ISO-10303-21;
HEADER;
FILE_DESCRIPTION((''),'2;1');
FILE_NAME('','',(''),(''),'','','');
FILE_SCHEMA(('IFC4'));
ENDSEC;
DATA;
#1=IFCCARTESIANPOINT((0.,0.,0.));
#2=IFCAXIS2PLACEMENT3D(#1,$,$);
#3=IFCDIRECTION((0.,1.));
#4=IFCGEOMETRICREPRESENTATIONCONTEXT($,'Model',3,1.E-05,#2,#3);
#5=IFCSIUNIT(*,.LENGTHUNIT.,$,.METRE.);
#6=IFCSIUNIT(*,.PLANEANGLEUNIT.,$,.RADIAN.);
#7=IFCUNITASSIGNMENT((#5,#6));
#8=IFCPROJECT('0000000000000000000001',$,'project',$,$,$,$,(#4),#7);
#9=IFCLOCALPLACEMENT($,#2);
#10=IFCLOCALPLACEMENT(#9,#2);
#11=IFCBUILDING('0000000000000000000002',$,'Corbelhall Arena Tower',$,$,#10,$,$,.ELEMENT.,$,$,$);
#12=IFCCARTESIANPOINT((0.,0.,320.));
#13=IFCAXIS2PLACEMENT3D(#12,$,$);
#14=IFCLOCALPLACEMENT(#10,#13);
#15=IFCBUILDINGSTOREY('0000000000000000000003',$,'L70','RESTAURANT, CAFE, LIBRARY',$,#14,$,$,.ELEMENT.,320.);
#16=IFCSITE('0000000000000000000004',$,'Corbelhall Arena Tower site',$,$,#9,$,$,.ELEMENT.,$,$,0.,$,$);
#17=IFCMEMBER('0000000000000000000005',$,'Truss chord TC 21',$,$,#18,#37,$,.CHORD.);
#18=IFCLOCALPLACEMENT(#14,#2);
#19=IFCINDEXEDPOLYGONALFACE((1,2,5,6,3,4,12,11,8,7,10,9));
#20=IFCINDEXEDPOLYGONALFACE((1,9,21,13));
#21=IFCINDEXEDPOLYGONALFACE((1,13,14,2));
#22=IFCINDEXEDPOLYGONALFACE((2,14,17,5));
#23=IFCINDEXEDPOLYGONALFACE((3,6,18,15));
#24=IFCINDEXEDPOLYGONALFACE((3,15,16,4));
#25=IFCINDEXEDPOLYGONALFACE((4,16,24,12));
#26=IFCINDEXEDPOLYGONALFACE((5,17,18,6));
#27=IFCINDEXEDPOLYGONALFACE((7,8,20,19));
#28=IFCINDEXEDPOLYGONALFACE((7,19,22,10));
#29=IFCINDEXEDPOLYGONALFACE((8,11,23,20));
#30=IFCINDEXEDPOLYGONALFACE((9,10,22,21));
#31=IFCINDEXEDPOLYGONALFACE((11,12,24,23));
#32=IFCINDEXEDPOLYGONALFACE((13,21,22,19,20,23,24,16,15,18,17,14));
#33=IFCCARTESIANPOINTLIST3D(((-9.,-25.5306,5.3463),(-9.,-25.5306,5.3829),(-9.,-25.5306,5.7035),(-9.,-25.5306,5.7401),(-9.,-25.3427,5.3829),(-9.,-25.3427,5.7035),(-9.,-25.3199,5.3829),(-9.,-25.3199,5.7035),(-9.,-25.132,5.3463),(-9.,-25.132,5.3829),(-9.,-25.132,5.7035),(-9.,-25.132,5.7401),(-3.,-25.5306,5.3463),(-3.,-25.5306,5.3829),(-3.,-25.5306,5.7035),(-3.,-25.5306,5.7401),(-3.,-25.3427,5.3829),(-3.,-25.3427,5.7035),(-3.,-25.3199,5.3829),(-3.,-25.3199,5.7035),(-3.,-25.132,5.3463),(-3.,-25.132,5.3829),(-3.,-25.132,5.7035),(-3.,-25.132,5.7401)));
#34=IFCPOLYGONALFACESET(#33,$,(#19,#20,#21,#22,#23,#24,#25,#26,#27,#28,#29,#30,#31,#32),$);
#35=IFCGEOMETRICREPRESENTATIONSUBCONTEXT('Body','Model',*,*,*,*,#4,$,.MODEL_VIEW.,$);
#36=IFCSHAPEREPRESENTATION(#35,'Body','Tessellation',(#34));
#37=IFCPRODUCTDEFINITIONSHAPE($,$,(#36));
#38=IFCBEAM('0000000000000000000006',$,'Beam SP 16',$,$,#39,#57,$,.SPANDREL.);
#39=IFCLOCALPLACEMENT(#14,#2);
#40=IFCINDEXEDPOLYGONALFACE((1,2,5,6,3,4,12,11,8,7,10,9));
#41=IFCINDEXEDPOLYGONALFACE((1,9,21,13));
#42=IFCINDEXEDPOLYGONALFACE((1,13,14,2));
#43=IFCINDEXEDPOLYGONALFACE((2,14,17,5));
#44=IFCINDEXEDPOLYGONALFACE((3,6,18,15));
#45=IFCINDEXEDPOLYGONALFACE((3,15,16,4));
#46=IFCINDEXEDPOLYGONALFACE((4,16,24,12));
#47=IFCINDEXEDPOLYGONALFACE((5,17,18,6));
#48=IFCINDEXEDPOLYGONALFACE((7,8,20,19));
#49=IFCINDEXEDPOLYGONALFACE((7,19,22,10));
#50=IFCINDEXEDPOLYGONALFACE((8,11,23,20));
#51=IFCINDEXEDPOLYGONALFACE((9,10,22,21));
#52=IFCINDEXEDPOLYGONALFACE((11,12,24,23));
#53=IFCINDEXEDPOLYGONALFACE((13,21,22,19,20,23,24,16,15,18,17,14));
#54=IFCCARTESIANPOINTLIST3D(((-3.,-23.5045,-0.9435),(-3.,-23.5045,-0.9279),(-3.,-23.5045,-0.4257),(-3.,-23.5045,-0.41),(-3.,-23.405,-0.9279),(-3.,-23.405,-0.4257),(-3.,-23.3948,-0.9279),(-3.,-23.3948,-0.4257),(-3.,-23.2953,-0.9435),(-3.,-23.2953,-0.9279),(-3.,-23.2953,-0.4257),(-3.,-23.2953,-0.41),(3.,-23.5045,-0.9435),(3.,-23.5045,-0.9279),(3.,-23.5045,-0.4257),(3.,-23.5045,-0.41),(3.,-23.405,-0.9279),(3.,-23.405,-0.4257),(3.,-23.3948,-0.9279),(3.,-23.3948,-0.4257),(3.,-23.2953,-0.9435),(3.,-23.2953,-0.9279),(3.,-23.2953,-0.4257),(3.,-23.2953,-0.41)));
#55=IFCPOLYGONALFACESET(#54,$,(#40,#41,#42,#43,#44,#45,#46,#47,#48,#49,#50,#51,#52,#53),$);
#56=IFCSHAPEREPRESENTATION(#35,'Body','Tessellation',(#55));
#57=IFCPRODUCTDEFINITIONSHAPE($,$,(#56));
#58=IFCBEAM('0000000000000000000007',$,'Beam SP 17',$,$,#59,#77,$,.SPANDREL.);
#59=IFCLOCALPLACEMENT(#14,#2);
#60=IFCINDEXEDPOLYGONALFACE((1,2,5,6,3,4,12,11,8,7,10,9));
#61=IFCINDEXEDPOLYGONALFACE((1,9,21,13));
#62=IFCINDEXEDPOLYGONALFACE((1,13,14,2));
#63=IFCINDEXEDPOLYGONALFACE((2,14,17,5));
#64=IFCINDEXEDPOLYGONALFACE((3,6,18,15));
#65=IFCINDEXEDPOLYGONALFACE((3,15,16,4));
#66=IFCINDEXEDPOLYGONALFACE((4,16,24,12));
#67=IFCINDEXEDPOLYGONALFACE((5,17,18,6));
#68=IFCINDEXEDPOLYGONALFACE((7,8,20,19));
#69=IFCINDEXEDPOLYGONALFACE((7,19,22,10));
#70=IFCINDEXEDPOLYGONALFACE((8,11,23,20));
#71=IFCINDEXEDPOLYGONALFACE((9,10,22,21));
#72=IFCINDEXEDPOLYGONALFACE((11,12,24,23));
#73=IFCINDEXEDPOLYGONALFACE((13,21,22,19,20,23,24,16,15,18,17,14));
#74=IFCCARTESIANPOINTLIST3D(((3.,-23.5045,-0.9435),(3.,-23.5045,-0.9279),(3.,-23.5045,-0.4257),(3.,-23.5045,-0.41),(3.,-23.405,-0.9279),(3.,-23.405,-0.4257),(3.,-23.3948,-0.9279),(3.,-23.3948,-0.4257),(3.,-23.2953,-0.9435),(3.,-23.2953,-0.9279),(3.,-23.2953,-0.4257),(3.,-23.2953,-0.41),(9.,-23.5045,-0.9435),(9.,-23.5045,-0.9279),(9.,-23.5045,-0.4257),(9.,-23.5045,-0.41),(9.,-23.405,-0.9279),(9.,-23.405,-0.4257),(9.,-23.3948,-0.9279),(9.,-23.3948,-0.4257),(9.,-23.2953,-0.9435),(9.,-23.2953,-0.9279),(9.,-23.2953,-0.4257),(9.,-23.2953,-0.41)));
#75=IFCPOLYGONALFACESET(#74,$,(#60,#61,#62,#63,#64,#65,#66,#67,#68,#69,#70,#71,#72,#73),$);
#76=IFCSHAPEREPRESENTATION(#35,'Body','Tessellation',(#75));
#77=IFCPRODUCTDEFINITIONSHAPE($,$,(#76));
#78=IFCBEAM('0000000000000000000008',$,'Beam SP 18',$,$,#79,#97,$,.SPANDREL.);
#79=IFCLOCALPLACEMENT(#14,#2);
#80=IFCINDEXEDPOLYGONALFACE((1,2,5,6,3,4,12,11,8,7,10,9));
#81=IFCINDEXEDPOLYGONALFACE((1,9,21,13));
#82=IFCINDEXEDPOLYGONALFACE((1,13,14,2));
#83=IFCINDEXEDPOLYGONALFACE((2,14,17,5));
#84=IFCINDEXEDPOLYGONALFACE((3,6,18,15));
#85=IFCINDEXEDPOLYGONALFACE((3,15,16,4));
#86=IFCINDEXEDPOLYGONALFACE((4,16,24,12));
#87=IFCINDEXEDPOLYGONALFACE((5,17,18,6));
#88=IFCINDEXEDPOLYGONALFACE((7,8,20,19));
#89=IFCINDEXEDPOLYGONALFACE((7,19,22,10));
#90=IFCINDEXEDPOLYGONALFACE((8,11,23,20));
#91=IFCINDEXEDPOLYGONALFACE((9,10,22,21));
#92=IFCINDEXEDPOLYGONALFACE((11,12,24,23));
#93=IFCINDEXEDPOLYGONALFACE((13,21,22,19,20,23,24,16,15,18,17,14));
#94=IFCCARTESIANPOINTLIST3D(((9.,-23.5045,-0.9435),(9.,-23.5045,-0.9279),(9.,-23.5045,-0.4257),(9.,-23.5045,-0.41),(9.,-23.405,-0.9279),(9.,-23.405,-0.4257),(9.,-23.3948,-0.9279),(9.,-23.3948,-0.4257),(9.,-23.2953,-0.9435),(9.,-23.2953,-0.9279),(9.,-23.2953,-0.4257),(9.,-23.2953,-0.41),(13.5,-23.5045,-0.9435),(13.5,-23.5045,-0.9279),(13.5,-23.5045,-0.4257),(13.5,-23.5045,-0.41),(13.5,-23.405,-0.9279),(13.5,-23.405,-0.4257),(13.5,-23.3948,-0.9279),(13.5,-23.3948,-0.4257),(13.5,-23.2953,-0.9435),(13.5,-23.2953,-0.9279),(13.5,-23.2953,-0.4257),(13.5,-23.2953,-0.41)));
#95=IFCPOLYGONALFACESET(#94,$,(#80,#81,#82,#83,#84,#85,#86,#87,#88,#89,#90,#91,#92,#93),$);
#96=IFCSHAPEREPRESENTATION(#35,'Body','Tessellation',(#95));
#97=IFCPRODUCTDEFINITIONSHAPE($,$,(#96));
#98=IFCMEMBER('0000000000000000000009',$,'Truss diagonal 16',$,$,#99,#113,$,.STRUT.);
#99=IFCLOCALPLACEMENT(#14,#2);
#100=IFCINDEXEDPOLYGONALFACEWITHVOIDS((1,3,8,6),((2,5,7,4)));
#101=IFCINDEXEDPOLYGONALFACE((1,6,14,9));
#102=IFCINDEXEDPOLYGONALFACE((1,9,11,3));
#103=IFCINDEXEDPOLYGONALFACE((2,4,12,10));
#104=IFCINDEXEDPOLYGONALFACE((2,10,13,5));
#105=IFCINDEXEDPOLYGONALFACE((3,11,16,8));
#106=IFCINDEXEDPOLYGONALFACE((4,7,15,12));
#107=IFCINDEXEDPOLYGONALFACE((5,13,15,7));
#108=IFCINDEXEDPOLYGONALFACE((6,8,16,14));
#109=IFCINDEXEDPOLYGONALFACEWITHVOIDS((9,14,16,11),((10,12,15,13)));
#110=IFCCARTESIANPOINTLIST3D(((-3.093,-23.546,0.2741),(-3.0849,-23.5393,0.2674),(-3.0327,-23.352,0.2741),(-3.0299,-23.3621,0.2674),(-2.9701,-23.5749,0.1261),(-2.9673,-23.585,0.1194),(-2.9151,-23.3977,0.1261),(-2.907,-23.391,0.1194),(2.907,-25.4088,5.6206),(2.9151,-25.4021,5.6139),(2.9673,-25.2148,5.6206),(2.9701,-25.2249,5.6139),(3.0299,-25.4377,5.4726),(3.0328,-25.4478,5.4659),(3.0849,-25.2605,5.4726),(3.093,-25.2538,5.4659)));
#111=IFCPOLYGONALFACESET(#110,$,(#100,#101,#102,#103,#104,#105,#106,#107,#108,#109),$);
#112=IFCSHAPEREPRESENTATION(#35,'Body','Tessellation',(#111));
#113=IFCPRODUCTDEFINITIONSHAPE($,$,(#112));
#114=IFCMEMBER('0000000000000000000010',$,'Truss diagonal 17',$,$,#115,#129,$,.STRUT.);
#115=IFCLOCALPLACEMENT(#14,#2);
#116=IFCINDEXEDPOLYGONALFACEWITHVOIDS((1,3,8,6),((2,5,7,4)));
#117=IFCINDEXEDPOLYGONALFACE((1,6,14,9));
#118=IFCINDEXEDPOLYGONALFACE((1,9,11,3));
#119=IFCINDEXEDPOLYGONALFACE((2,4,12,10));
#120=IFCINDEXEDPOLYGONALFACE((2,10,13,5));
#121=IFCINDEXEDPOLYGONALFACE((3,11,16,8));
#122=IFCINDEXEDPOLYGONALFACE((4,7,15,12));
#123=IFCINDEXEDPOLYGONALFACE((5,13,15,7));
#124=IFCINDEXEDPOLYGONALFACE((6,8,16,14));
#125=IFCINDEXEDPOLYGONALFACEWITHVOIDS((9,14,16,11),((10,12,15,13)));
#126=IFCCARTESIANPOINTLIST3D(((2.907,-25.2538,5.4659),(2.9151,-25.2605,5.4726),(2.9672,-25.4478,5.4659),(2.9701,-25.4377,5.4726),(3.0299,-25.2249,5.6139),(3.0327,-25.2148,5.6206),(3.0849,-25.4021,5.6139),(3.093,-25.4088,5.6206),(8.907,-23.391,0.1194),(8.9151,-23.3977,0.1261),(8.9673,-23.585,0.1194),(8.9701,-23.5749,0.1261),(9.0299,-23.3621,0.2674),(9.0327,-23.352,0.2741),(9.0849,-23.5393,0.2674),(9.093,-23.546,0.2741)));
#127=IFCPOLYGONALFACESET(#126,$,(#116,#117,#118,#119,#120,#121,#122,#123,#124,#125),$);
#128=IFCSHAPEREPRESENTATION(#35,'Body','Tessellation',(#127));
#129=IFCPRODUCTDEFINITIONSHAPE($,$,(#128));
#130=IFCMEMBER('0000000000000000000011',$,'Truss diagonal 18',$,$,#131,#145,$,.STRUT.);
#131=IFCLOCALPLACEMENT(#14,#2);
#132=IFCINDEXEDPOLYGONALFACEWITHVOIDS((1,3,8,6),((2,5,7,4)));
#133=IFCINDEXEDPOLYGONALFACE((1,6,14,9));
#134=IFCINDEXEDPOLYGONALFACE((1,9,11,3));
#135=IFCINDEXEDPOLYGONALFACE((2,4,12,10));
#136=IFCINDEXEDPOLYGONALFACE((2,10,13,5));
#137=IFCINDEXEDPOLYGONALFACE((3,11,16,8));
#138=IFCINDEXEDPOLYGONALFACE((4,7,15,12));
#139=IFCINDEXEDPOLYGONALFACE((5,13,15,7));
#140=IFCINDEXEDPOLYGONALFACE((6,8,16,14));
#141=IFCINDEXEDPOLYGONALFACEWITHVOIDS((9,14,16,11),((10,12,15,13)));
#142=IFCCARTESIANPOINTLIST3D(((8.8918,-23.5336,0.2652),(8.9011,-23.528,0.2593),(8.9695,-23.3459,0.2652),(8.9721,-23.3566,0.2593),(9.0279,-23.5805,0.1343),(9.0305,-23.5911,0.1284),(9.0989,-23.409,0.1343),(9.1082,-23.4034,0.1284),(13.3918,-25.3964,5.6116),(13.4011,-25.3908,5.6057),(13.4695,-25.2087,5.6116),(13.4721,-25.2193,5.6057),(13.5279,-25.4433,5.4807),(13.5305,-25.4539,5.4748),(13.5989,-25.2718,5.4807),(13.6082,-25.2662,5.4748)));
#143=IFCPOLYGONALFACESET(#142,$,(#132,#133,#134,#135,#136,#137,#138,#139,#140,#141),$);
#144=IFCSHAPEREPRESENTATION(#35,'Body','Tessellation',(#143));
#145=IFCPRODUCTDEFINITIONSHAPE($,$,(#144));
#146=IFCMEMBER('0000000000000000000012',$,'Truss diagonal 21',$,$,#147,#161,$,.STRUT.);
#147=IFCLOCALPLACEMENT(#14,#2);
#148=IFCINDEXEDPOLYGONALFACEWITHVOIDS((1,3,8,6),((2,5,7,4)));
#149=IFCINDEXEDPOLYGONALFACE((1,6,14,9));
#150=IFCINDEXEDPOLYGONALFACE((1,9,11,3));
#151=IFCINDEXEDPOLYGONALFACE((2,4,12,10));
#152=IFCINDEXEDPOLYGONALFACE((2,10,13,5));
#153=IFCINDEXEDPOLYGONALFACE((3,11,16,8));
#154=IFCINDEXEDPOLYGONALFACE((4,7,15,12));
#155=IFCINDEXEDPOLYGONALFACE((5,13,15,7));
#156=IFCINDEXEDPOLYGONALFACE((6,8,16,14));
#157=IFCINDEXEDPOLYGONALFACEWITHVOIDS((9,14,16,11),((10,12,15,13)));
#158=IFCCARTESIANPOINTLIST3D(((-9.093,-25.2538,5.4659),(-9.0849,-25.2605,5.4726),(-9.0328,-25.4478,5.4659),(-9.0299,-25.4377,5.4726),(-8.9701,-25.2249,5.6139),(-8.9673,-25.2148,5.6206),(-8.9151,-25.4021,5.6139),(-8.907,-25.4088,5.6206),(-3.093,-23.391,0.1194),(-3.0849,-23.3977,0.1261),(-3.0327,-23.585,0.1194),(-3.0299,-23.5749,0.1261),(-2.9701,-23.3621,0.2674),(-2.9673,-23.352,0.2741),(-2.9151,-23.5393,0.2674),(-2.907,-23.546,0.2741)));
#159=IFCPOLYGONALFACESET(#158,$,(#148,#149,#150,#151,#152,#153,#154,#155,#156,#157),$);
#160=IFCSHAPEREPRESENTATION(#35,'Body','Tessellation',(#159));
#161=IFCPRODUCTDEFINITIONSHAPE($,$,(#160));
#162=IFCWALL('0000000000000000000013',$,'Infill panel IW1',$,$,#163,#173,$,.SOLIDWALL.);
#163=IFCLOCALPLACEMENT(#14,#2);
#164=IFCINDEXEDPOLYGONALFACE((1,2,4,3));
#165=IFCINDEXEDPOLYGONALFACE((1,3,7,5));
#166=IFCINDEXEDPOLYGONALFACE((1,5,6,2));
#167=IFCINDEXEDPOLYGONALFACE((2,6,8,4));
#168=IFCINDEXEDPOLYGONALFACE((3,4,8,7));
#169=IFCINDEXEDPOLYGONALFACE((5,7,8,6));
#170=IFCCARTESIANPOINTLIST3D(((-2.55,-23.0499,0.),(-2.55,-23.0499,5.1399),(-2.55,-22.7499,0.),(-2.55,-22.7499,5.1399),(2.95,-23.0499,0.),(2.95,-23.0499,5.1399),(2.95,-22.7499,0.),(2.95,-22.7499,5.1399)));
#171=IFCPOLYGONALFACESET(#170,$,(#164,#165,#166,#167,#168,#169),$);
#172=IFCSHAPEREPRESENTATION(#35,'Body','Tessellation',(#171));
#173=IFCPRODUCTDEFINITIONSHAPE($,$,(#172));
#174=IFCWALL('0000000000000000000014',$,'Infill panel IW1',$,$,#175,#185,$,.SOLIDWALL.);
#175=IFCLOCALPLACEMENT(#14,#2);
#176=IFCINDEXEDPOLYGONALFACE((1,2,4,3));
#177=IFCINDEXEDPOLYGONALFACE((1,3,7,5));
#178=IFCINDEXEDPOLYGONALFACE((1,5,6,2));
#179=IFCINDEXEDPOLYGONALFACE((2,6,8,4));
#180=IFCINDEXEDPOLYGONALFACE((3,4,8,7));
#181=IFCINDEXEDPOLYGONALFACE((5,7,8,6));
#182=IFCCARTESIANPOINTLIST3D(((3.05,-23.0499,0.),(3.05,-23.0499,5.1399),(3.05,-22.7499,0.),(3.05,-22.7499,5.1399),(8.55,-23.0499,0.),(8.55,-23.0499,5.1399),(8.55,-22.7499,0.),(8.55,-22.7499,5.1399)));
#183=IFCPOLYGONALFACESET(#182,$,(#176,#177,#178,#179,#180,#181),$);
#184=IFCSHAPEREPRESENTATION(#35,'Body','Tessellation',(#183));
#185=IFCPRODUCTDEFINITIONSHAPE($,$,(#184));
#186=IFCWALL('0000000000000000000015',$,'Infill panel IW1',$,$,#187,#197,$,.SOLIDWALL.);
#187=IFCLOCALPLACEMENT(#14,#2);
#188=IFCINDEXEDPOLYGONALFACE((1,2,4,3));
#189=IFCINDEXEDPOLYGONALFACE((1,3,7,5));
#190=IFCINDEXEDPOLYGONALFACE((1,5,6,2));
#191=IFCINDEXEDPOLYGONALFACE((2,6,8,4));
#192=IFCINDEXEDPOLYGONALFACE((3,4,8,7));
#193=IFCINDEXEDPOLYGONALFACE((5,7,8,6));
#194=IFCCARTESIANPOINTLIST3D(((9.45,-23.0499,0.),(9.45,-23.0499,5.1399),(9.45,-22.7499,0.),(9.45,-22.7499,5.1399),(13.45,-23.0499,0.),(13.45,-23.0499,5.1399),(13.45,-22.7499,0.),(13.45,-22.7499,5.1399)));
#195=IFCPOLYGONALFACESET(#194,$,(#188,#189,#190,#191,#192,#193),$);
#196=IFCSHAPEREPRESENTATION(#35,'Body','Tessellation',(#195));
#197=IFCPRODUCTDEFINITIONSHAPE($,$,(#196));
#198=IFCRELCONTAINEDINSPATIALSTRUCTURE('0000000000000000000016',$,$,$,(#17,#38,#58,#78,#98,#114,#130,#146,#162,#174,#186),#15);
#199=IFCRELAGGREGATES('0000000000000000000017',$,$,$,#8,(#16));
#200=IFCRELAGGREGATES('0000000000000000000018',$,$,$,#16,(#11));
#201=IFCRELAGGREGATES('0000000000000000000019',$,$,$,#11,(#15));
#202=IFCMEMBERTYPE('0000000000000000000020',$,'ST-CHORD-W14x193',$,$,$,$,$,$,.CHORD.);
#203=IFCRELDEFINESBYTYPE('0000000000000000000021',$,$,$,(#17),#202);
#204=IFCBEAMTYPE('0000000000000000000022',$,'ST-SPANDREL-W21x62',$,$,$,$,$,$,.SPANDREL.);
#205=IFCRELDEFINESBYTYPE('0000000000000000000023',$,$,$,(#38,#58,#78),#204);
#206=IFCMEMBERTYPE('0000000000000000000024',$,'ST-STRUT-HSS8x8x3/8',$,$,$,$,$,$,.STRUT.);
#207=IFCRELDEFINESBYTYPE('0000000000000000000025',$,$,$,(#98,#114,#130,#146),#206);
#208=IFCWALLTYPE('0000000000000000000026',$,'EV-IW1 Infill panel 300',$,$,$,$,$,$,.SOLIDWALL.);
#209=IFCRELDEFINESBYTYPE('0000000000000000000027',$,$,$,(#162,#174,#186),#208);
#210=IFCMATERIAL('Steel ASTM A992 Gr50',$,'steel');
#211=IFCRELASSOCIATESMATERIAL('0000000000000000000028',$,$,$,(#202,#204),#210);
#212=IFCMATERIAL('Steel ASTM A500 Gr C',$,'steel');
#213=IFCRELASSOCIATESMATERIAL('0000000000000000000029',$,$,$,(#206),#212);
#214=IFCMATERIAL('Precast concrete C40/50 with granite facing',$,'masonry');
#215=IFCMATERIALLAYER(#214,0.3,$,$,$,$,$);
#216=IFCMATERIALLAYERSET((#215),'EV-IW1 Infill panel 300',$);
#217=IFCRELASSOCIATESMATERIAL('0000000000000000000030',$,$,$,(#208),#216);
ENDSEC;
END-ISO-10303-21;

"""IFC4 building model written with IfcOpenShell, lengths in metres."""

from ifc_helpers import new_model, si_unit, direction, frame, frame_2d, origin, origin_2d, place, context, subcontext, project, spatial, rectangle, hollow_rectangle, i_section, extrude, material, layer, layer_set, material_profile, profile_set, type_object, element, save


model = new_model("IFC4")

# Units and contexts
model_context = context("Model", 3, precision=1e-05, world=origin(), true_north=direction((0.0, 1.0)))
body_context = subcontext(model_context, "Body", "Model", "MODEL_VIEW")
ifc_project = project(units=[si_unit("LENGTHUNIT", "METRE"), si_unit("PLANEANGLEUNIT", "RADIAN")], contexts=[model_context])

# Site, building, storey
site_placement = place(None, origin())
site = spatial("IfcSite", under=ifc_project, at=site_placement, Name="Corbelhall Arena Tower site", CompositionType="ELEMENT", RefElevation=0.0)
building_placement = place(site_placement, origin())
building = spatial("IfcBuilding", under=site, at=building_placement, Name="Corbelhall Arena Tower", CompositionType="ELEMENT")
storey_placement = place(building_placement, frame((0.0, 0.0, 320.0)))
storey = spatial("IfcBuildingStorey", under=building, at=storey_placement, Name="L70", Description="RESTAURANT, CAFE, LIBRARY", CompositionType="ELEMENT", Elevation=320.0)

# Member
ifc_material_1 = material(Name="Steel ASTM A992 Gr50", Category="steel")
ifc_material_profile_1 = material_profile(ifc_material_1, i_section(OverallWidth=0.3987, OverallDepth=0.3938, WebThickness=0.0227, FlangeThickness=0.0366, at=origin_2d()))
ifc_profile_set_1 = profile_set([ifc_material_profile_1], Name="Steel ASTM A992 Gr50")
member_type_1 = type_object("IfcMemberType", Name="ST-CHORD-W14x193", PredefinedType="CHORD", material=ifc_profile_set_1)
for number, where, z_axis, x_axis, name in (
    (1, (-3.0, -25.3313, 5.5432), (-1.0, 0.0, 0.0), (0.0, -1.0, 0.0), "Truss chord TC 21"),
):
    element("IfcMember", number, at=place(storey_placement, frame(where, z_axis=z_axis, x_axis=x_axis)), inside=storey, type_object=member_type_1, Name=name, PredefinedType="CHORD", context=body_context, shape_type="SweptSolid", body=[
        extrude(i_section(OverallWidth=0.3987, OverallDepth=0.3938, WebThickness=0.0227, FlangeThickness=0.0366, at=origin_2d()), origin(), (0.0, 0.0, 1.0), 6.0),
    ])

# Beams
ifc_material_profile_2 = material_profile(ifc_material_1, i_section(OverallWidth=0.2092, OverallDepth=0.5334, WebThickness=0.0103, FlangeThickness=0.0156, at=origin_2d()))
ifc_profile_set_2 = profile_set([ifc_material_profile_2], Name="Steel ASTM A992 Gr50")
beam_type = type_object("IfcBeamType", Name="ST-SPANDREL-W21x62", PredefinedType="SPANDREL", material=ifc_profile_set_2)
for number, where, z_axis, x_axis, name in (
    (2, (3.0, -23.3999, -0.6768), (-1.0, 0.0, 0.0), (0.0, -1.0, 0.0), "Beam SP 16"),
    (3, (9.0, -23.3999, -0.6768), (-1.0, 0.0, 0.0), (0.0, -1.0, 0.0), "Beam SP 17"),
):
    element("IfcBeam", number, at=place(storey_placement, frame(where, z_axis=z_axis, x_axis=x_axis)), inside=storey, type_object=beam_type, Name=name, PredefinedType="SPANDREL", context=body_context, shape_type="SweptSolid", body=[
        extrude(i_section(OverallWidth=0.2092, OverallDepth=0.5334, WebThickness=0.0103, FlangeThickness=0.0156, at=origin_2d()), origin(), (0.0, 0.0, 1.0), 6.0),
    ])
beam_placement = place(storey_placement, frame((13.5, -23.3999, -0.6768), z_axis=(-1.0, 0.0, 0.0), x_axis=(0.0, -1.0, 0.0)))
element("IfcBeam", 4, at=beam_placement, inside=storey, type_object=beam_type, Name="Beam SP 18", PredefinedType="SPANDREL", context=body_context, shape_type="SweptSolid", body=[
    extrude(i_section(OverallWidth=0.2092, OverallDepth=0.5334, WebThickness=0.0103, FlangeThickness=0.0156, at=origin_2d()), origin(), (0.0, 0.0, 1.0), 4.5),
])

# Members
ifc_material_2 = material(Name="Steel ASTM A500 Gr C", Category="steel")
ifc_material_profile_3 = material_profile(ifc_material_2, hollow_rectangle(XDim=0.2031, YDim=0.2031, WallThickness=0.0088, at=origin_2d()))
ifc_profile_set_3 = profile_set([ifc_material_profile_3], Name="Steel ASTM A500 Gr C")
member_type_2 = type_object("IfcMemberType", Name="ST-STRUT-HSS8x8x3/8", PredefinedType="STRUT", material=ifc_profile_set_3)
for number, where, z_axis, x_axis, name in (
    (5, (-3.0, -23.4685, 0.1968), (0.727316, -0.225807, 0.648091), (0.296504, 0.955032, 0.0), "Truss diagonal 16"),
    (6, (9.0, -23.4685, 0.1968), (-0.727316, -0.225807, 0.648091), (0.296504, -0.955032, 0.0), "Truss diagonal 17"),
):
    element("IfcMember", number, at=place(storey_placement, frame(where, z_axis=z_axis, x_axis=x_axis)), inside=storey, type_object=member_type_2, Name=name, PredefinedType="STRUT", context=body_context, shape_type="SweptSolid", body=[
        extrude(hollow_rectangle(XDim=0.2031, YDim=0.2031, WallThickness=0.0088, at=origin_2d()), origin(), (0.0, 0.0, 1.0), 8.2495),
    ])
member_1_placement = place(storey_placement, frame((9.0, -23.4685, 0.1968), z_axis=(0.622219, -0.25757, 0.739257), x_axis=(0.382479, 0.923964, 0.0)))
element("IfcMember", 7, at=member_1_placement, inside=storey, type_object=member_type_2, Name="Truss diagonal 18", PredefinedType="STRUT", context=body_context, shape_type="SweptSolid", body=[
    extrude(hollow_rectangle(XDim=0.2031, YDim=0.2031, WallThickness=0.0088, at=origin_2d()), origin(), (0.0, 0.0, 1.0), 7.2322),
])
member_2_placement = place(storey_placement, frame((-3.0, -23.4685, 0.1968), z_axis=(-0.727316, -0.225807, 0.648091), x_axis=(0.296504, -0.955032, 0.0)))
element("IfcMember", 8, at=member_2_placement, inside=storey, type_object=member_type_2, Name="Truss diagonal 21", PredefinedType="STRUT", context=body_context, shape_type="SweptSolid", body=[
    extrude(hollow_rectangle(XDim=0.2031, YDim=0.2031, WallThickness=0.0088, at=origin_2d()), origin(), (0.0, 0.0, 1.0), 8.2495),
])

# Walls
ifc_material_3 = material(Name="Precast concrete C40/50 with granite facing", Category="masonry")
ifc_layer_1 = layer(ifc_material_3, 0.3)
ifc_layer_set_1 = layer_set([ifc_layer_1], Name="EV-IW1 Infill panel 300")
wall_type_1 = type_object("IfcWallType", Name="EV-IW1 Infill panel 300", PredefinedType="SOLIDWALL", material=ifc_layer_set_1)
for number, where, z_axis, x_axis, name in (
    (9, (-2.55, -22.8999, 0.0), (0.0, 0.0, 1.0), (1.0, 0.0, 0.0), "Infill panel IW1"),
    (10, (3.05, -22.8999, 0.0), (0.0, 0.0, 1.0), (1.0, 0.0, 0.0), "Infill panel IW1"),
):
    element("IfcWall", number, at=place(storey_placement, frame(where, z_axis=z_axis, x_axis=x_axis)), inside=storey, type_object=wall_type_1, Name=name, PredefinedType="SOLIDWALL", context=body_context, shape_type="SweptSolid", body=[
        extrude(rectangle(XDim=5.5, YDim=0.3, at=frame_2d((2.75, 0.0))), origin(), (0.0, 0.0, 1.0), 5.1399),
    ])
wall_1_placement = place(storey_placement, frame((9.45, -22.8999, 0.0), z_axis=(0.0, 0.0, 1.0), x_axis=(1.0, 0.0, 0.0)))
element("IfcWall", 11, at=wall_1_placement, inside=storey, type_object=wall_type_1, Name="Infill panel IW1", PredefinedType="SOLIDWALL", context=body_context, shape_type="SweptSolid", body=[
    extrude(rectangle(XDim=4.0, YDim=0.3, at=frame_2d((2.0, 0.0))), origin(), (0.0, 0.0, 1.0), 5.1399),
])

save(model, "model.ifc")
